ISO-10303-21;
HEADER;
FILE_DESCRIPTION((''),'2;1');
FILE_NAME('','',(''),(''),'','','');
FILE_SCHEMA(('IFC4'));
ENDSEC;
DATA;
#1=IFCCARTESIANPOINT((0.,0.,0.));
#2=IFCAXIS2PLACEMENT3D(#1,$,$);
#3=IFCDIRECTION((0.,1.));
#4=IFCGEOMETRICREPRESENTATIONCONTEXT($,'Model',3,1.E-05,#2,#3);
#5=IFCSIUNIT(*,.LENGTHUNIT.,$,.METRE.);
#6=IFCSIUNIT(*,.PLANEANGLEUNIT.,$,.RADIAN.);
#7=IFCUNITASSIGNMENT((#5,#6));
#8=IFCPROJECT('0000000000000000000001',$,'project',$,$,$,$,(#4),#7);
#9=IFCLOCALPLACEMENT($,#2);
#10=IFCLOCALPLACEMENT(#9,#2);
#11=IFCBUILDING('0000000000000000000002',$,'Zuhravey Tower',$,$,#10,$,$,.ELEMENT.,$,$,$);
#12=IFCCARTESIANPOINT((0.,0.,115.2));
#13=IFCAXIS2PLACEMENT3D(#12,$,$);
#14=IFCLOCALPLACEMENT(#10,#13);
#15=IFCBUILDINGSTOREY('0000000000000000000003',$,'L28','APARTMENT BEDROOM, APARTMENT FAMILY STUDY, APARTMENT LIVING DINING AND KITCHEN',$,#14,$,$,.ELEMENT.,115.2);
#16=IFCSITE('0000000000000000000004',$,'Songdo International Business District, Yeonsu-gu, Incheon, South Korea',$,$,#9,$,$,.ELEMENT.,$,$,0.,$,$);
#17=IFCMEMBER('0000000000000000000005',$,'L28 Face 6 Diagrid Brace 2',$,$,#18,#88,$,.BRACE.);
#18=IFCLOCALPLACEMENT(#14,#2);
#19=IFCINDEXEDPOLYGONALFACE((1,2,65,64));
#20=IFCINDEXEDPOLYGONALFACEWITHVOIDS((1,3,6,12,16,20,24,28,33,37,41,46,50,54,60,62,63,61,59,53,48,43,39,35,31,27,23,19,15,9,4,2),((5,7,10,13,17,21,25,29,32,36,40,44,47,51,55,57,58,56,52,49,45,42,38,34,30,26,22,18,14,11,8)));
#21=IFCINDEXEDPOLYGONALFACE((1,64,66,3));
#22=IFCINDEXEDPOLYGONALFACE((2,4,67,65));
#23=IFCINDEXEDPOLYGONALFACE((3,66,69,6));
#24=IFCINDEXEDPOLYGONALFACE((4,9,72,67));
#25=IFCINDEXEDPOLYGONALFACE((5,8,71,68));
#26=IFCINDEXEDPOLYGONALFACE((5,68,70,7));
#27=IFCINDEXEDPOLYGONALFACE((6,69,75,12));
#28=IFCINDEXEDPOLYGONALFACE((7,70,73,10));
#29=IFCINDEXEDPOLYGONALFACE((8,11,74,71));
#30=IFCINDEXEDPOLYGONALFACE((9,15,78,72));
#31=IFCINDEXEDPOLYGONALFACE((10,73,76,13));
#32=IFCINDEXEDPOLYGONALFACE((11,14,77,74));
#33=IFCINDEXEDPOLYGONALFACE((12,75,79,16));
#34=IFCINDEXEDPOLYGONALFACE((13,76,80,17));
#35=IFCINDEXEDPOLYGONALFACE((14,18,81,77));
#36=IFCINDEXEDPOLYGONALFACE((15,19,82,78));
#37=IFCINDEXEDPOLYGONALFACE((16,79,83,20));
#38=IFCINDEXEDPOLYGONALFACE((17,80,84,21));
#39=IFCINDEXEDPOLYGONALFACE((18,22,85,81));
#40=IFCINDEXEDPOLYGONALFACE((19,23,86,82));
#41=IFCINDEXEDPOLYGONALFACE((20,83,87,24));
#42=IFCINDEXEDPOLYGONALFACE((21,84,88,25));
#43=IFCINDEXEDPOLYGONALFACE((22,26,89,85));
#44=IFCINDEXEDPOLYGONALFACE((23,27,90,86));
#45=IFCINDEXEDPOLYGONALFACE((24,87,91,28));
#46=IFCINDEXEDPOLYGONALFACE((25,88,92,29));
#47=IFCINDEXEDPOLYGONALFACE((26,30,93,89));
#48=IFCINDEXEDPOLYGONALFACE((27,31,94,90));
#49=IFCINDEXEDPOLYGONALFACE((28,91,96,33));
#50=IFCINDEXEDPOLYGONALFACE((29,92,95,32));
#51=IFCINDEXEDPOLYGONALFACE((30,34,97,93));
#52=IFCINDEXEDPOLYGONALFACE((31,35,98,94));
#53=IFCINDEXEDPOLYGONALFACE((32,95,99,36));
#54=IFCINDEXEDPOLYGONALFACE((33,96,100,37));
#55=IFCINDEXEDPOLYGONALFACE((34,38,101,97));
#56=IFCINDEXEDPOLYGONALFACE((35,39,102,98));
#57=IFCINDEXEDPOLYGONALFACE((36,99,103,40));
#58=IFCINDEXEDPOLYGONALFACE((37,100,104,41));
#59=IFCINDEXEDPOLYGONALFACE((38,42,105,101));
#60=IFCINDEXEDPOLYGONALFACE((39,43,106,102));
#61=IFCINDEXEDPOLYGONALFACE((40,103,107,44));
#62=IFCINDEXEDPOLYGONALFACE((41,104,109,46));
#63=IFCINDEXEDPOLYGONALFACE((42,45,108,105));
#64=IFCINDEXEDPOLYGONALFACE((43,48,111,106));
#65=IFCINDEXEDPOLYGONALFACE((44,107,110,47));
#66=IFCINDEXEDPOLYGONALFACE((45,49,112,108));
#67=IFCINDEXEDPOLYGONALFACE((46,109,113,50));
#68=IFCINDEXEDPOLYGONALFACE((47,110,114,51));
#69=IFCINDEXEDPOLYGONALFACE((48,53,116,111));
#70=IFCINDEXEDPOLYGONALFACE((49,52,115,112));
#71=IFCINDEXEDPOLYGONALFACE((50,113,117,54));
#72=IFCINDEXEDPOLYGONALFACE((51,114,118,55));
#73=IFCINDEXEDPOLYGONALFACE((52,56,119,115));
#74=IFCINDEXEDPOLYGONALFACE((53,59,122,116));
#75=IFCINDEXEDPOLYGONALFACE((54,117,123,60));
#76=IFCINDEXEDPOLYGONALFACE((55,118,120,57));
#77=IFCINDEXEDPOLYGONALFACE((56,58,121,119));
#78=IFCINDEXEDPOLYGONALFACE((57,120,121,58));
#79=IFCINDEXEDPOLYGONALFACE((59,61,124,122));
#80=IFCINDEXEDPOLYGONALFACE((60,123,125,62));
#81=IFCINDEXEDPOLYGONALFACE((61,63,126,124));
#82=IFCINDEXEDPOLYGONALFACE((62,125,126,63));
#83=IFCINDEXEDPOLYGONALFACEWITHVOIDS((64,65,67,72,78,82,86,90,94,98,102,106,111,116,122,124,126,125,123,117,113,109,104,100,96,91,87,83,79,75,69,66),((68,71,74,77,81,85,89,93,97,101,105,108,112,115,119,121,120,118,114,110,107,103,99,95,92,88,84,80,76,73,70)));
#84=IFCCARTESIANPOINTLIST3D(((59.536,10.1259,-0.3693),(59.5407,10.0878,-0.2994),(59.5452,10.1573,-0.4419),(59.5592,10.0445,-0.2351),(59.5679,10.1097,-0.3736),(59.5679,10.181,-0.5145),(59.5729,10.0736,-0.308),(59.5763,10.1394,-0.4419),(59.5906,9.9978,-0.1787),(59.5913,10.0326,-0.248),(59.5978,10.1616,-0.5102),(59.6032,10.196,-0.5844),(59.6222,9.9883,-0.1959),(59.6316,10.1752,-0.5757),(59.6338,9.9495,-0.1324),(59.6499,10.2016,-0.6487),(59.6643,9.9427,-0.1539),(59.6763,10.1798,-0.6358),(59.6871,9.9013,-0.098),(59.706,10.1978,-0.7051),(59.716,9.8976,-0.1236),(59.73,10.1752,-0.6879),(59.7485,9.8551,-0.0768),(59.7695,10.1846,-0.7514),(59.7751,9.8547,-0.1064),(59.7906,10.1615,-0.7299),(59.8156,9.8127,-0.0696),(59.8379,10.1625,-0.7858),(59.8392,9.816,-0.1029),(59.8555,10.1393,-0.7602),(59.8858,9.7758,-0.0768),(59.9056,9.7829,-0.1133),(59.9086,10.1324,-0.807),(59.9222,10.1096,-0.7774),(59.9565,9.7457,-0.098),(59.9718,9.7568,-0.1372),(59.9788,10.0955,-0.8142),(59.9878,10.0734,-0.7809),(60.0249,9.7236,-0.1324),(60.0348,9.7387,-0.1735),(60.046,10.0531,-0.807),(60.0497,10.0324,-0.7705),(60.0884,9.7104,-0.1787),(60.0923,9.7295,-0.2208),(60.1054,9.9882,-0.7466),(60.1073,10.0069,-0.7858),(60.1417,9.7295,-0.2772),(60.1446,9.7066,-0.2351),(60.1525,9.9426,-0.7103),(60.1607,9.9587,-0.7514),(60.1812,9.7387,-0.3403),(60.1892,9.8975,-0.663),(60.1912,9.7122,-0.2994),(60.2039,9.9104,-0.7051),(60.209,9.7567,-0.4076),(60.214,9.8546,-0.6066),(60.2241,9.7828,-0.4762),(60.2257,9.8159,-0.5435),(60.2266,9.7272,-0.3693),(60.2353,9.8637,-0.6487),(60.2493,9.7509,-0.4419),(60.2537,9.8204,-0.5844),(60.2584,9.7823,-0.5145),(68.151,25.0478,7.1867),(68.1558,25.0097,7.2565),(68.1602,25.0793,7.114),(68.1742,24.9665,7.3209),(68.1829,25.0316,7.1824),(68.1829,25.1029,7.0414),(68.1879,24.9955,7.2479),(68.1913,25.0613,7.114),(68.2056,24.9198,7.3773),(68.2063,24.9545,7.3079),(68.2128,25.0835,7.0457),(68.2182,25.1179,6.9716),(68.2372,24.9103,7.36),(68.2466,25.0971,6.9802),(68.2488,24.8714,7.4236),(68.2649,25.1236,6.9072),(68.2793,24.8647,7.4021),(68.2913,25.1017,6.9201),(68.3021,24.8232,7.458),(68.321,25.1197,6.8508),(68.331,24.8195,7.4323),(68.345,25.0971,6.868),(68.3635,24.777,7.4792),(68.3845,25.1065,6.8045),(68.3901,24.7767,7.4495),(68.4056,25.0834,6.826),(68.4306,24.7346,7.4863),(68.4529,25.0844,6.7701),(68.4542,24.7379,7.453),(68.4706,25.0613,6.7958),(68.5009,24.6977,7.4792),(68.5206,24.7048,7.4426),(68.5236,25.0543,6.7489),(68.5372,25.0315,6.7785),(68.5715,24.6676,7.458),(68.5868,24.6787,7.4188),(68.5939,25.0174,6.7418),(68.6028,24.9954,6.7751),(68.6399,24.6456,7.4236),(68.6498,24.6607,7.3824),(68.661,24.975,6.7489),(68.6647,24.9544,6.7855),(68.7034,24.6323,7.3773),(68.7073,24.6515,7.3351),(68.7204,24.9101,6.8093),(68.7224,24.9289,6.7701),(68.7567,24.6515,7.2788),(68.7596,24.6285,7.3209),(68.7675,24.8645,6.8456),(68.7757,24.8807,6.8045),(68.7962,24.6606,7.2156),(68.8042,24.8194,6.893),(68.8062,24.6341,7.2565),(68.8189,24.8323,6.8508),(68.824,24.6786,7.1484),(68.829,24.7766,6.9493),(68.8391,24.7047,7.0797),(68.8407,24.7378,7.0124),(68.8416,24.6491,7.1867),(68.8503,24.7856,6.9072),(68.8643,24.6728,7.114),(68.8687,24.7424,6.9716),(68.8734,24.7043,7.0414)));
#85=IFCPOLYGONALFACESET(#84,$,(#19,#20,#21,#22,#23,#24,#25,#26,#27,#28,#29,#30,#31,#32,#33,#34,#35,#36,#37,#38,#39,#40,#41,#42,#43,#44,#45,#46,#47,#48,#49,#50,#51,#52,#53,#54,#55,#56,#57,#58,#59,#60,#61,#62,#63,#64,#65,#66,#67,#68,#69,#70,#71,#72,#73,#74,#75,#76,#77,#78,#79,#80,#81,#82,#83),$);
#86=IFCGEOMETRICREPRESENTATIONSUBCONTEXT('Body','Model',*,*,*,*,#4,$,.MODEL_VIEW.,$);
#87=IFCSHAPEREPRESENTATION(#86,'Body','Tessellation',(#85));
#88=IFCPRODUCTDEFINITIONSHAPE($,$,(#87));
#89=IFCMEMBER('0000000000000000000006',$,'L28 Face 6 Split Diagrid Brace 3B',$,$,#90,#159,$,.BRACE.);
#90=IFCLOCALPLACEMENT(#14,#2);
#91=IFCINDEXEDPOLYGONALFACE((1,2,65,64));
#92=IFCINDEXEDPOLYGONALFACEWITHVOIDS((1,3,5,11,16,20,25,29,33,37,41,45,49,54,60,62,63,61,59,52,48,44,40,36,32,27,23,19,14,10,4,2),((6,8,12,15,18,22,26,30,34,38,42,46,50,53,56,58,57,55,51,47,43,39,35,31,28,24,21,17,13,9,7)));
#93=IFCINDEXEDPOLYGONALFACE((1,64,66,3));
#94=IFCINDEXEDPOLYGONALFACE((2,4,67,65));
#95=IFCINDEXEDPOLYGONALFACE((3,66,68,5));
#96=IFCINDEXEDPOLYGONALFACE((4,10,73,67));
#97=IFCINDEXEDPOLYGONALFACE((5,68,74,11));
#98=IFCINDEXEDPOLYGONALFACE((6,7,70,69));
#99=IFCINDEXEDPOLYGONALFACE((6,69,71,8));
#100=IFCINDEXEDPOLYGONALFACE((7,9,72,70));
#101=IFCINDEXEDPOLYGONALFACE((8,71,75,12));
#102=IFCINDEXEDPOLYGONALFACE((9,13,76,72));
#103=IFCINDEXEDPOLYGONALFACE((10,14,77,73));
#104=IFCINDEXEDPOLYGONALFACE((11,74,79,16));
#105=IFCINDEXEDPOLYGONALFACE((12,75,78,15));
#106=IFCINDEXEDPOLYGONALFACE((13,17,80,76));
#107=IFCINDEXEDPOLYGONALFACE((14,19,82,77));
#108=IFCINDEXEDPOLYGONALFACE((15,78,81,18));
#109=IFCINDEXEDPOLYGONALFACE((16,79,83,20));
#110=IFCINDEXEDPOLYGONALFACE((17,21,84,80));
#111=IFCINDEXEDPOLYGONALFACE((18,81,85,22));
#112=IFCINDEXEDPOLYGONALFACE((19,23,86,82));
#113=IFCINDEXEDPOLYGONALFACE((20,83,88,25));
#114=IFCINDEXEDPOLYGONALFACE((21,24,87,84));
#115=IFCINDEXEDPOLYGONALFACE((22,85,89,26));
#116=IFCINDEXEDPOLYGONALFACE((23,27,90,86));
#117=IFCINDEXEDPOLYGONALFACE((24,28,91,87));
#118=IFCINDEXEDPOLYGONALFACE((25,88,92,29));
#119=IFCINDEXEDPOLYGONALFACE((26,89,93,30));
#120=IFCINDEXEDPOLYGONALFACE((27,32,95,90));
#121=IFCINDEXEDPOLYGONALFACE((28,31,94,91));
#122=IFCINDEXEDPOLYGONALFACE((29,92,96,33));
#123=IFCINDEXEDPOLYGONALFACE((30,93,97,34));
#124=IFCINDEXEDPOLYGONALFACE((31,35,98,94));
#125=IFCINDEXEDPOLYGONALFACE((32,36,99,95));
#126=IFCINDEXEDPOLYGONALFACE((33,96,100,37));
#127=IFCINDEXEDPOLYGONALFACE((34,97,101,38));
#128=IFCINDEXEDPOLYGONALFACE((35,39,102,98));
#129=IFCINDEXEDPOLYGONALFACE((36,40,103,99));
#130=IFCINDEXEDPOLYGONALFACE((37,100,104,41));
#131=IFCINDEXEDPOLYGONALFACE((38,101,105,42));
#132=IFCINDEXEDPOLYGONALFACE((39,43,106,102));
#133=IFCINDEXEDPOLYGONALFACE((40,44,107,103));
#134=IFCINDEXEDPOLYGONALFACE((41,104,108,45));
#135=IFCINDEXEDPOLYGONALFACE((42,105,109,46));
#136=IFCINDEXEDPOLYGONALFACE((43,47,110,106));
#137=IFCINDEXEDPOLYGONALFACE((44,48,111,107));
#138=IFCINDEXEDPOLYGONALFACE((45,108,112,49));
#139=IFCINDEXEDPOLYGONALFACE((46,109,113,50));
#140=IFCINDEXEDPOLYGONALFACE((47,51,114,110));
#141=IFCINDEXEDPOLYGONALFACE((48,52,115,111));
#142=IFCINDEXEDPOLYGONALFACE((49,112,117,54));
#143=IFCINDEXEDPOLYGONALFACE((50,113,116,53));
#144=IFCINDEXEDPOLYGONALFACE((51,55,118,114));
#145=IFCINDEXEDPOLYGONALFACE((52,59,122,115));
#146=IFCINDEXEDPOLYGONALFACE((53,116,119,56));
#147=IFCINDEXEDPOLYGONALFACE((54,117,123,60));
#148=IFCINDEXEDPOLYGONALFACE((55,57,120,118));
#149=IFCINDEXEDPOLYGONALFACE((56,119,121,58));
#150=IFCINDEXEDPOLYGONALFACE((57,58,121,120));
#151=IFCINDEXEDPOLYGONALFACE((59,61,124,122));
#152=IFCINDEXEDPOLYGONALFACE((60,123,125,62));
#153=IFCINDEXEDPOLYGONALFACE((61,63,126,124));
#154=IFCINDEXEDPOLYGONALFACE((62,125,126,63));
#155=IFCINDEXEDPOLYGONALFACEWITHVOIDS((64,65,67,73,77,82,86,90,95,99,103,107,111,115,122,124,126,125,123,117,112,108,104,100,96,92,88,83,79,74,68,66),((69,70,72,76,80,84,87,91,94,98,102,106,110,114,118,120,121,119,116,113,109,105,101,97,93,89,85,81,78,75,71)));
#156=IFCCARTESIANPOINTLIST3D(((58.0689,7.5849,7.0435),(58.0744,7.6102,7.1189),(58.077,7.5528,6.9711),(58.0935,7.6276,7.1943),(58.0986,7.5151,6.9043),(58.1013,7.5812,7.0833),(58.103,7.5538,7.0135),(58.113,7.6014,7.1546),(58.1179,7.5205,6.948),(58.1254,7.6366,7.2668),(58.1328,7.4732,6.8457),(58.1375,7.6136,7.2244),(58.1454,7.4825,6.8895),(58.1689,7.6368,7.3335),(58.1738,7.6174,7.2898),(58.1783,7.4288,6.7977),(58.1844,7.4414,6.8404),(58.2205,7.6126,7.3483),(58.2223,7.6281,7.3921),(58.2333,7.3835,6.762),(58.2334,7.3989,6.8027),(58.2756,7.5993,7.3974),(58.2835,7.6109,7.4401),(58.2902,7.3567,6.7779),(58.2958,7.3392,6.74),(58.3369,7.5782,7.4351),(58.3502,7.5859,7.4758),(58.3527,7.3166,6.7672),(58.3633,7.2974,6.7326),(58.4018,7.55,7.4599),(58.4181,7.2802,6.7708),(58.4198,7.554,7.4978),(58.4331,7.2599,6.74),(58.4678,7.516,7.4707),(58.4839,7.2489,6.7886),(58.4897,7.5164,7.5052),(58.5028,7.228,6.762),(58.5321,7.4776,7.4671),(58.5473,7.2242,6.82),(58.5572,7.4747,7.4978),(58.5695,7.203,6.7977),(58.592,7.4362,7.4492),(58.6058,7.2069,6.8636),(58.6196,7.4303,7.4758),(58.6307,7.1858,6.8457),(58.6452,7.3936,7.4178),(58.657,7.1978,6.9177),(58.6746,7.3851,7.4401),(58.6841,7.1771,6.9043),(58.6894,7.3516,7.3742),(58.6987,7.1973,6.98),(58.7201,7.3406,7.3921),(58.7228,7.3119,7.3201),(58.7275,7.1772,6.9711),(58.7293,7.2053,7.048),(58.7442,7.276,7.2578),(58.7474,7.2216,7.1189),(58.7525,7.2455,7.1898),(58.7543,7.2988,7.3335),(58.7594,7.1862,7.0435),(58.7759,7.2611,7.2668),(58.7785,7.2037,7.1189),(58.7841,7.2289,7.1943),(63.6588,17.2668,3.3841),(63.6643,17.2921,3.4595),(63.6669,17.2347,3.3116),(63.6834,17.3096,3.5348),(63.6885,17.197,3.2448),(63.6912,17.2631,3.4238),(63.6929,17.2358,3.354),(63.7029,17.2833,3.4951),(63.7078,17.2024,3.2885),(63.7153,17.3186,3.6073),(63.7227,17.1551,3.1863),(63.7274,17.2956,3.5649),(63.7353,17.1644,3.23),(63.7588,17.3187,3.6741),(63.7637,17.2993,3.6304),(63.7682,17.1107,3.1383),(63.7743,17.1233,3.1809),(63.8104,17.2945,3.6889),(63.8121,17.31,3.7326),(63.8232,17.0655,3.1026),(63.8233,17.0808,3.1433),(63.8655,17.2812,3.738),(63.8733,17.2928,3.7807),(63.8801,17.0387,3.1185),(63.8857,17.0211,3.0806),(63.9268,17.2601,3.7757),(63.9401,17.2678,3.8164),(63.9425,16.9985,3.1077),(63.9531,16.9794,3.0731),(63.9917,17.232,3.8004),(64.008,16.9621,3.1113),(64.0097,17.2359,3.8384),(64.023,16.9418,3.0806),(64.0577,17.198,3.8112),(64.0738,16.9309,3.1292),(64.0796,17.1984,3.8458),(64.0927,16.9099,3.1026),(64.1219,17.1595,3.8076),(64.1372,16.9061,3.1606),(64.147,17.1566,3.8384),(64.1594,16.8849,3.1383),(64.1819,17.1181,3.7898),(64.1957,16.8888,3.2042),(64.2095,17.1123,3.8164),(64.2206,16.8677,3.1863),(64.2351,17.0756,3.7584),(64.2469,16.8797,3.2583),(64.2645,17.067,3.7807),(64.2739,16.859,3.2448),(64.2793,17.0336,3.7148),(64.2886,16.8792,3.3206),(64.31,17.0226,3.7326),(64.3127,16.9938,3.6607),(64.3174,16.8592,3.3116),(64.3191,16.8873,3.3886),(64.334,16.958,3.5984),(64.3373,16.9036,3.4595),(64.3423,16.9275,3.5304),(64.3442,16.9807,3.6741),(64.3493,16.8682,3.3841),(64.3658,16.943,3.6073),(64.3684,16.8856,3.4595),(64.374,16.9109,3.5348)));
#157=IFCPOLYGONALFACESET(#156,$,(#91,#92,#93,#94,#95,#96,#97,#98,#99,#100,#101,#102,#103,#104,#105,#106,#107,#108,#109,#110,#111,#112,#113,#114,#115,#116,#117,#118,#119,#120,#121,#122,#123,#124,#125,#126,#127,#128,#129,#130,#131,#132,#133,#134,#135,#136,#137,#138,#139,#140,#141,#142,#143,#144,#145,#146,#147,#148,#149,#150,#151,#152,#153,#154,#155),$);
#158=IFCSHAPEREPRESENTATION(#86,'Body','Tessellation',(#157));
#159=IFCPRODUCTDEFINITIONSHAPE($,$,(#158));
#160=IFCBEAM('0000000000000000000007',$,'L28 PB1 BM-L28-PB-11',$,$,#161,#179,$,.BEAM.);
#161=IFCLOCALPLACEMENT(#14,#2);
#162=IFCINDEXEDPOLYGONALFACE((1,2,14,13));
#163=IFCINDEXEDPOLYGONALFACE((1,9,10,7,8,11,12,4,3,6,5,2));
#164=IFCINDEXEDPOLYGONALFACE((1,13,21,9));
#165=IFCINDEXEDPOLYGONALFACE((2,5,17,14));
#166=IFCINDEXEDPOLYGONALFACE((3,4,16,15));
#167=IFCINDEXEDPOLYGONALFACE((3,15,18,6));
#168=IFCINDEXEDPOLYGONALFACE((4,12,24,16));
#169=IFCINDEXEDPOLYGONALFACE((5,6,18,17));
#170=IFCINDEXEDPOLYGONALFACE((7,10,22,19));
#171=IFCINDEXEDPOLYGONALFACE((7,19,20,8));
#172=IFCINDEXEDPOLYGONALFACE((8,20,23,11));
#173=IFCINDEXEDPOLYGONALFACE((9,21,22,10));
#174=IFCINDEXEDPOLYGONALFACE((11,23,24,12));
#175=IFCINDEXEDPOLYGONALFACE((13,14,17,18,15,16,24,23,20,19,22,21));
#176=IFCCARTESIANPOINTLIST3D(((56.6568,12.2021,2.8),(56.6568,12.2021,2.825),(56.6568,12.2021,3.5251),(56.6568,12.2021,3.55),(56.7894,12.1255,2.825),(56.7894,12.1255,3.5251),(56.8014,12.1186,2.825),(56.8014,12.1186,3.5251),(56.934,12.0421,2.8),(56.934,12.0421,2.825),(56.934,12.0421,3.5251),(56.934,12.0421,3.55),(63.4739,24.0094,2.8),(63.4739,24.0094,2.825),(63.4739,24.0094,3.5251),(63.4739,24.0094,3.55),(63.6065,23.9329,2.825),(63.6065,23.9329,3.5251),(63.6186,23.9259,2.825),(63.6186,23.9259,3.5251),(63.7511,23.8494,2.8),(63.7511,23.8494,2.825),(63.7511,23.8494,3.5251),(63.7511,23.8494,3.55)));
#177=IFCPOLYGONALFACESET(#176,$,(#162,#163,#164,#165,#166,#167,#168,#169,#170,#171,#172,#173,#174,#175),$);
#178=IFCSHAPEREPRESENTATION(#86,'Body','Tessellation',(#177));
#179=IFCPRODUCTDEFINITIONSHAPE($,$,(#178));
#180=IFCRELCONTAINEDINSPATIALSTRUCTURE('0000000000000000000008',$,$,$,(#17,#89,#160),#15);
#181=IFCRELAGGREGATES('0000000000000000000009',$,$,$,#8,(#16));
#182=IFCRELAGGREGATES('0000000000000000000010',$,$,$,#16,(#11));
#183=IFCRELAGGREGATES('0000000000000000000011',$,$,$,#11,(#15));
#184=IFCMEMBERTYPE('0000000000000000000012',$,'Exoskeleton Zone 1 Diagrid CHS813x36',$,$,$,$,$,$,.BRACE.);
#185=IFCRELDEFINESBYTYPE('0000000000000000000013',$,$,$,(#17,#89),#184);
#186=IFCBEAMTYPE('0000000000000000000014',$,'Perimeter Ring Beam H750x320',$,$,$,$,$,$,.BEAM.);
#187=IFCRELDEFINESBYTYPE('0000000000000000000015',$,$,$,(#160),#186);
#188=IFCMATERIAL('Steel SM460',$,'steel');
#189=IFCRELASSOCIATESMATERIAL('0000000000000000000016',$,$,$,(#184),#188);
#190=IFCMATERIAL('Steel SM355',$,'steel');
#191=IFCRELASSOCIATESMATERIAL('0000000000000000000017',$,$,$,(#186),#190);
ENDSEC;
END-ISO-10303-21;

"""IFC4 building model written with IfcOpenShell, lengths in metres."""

from ifc_helpers import new_model, si_unit, direction, frame, origin, origin_2d, place, context, subcontext, project, spatial, hollow_circle, i_section, extrude, material, material_profile, profile_set, type_object, element, save


model = new_model("IFC4")

# Units and contexts
model_context = context("Model", 3, precision=1e-05, world=origin(), true_north=direction((0.0, 1.0)))
body_context = subcontext(model_context, "Body", "Model", "MODEL_VIEW")
ifc_project = project(units=[si_unit("LENGTHUNIT", "METRE"), si_unit("PLANEANGLEUNIT", "RADIAN")], contexts=[model_context])

# Site, building, storey
site_placement = place(None, origin())
site = spatial("IfcSite", under=ifc_project, at=site_placement, Name="Songdo International Business District, Yeonsu-gu, Incheon, South Korea", CompositionType="ELEMENT", RefElevation=0.0)
building_placement = place(site_placement, origin())
building = spatial("IfcBuilding", under=site, at=building_placement, Name="Zuhravey Tower", CompositionType="ELEMENT")
storey_placement = place(building_placement, frame((0.0, 0.0, 115.2)))
storey = spatial("IfcBuildingStorey", under=building, at=storey_placement, Name="L28", Description="APARTMENT BEDROOM, APARTMENT FAMILY STUDY, APARTMENT LIVING DINING AND KITCHEN", CompositionType="ELEMENT", Elevation=115.2)

# Members
ifc_material_1 = material(Name="Steel SM355", Category="steel")
ifc_material_2 = material(Name="Steel SM460", Category="steel")
ifc_material_profile_1 = material_profile(ifc_material_2, hollow_circle(Radius=0.4065, WallThickness=0.0359, at=origin_2d()), Name="CHS-812.8x36")
ifc_profile_set_1 = profile_set([ifc_material_profile_1], Name="Steel SM460")
member_type_1 = type_object("IfcMemberType", Name="Exoskeleton Zone 1 Diagrid CHS813x36", PredefinedType="BRACE", material=ifc_profile_set_1)
member_1_placement = place(storey_placement, frame((59.8972, 9.9541, -0.4419), z_axis=(0.4579, 0.79312, 0.401608), x_axis=(-0.866029, 0.499993, 0.0)))
element("IfcMember", 1, at=member_1_placement, inside=storey, type_object=member_type_1, Name="L28 Face 6 Diagrid Brace 2", PredefinedType="BRACE", context=body_context, shape_type="SweptSolid", body=[
    extrude(hollow_circle(Radius=0.4065, WallThickness=0.0359, at=origin_2d()), origin(), (0.0, 0.0, 1.0), 18.8142),
])
member_2_placement = place(storey_placement, frame((64.0164, 17.0889, 3.4595), z_axis=(-0.475191, -0.823054, 0.311087), x_axis=(0.866025, -0.5, 0.0)))
element("IfcMember", 2, at=member_2_placement, inside=storey, type_object=member_type_1, Name="L28 Face 6 Split Diagrid Brace 3B", PredefinedType="BRACE", context=body_context, shape_type="SweptSolid", body=[
    extrude(hollow_circle(Radius=0.4065, WallThickness=0.0359, at=origin_2d()), origin(), (0.0, 0.0, 1.0), 11.7634),
])

# Beam
ifc_material_profile_2 = material_profile(ifc_material_1, i_section(OverallWidth=0.3201, OverallDepth=0.75, WebThickness=0.0139, FlangeThickness=0.0249, at=origin_2d()), Name="H-750x320x14x25")
ifc_profile_set_2 = profile_set([ifc_material_profile_2], Name="Steel SM355")
beam_type_1 = type_object("IfcBeamType", Name="Perimeter Ring Beam H750x320", PredefinedType="BEAM", material=ifc_profile_set_2)
beam_1_placement = place(storey_placement, frame((56.7954, 12.1221, 3.175), z_axis=(0.500008, 0.866021, 0.0), x_axis=(-0.866021, 0.500008, 0.0)))
element("IfcBeam", 3, at=beam_1_placement, inside=storey, type_object=beam_type_1, Name="L28 PB1 BM-L28-PB-11", PredefinedType="BEAM", context=body_context, shape_type="SweptSolid", body=[
    extrude(i_section(OverallWidth=0.3201, OverallDepth=0.75, WebThickness=0.0139, FlangeThickness=0.0249, at=origin_2d()), origin(), (0.0, 0.0, 1.0), 13.634),
])

save(model, "model.ifc")
